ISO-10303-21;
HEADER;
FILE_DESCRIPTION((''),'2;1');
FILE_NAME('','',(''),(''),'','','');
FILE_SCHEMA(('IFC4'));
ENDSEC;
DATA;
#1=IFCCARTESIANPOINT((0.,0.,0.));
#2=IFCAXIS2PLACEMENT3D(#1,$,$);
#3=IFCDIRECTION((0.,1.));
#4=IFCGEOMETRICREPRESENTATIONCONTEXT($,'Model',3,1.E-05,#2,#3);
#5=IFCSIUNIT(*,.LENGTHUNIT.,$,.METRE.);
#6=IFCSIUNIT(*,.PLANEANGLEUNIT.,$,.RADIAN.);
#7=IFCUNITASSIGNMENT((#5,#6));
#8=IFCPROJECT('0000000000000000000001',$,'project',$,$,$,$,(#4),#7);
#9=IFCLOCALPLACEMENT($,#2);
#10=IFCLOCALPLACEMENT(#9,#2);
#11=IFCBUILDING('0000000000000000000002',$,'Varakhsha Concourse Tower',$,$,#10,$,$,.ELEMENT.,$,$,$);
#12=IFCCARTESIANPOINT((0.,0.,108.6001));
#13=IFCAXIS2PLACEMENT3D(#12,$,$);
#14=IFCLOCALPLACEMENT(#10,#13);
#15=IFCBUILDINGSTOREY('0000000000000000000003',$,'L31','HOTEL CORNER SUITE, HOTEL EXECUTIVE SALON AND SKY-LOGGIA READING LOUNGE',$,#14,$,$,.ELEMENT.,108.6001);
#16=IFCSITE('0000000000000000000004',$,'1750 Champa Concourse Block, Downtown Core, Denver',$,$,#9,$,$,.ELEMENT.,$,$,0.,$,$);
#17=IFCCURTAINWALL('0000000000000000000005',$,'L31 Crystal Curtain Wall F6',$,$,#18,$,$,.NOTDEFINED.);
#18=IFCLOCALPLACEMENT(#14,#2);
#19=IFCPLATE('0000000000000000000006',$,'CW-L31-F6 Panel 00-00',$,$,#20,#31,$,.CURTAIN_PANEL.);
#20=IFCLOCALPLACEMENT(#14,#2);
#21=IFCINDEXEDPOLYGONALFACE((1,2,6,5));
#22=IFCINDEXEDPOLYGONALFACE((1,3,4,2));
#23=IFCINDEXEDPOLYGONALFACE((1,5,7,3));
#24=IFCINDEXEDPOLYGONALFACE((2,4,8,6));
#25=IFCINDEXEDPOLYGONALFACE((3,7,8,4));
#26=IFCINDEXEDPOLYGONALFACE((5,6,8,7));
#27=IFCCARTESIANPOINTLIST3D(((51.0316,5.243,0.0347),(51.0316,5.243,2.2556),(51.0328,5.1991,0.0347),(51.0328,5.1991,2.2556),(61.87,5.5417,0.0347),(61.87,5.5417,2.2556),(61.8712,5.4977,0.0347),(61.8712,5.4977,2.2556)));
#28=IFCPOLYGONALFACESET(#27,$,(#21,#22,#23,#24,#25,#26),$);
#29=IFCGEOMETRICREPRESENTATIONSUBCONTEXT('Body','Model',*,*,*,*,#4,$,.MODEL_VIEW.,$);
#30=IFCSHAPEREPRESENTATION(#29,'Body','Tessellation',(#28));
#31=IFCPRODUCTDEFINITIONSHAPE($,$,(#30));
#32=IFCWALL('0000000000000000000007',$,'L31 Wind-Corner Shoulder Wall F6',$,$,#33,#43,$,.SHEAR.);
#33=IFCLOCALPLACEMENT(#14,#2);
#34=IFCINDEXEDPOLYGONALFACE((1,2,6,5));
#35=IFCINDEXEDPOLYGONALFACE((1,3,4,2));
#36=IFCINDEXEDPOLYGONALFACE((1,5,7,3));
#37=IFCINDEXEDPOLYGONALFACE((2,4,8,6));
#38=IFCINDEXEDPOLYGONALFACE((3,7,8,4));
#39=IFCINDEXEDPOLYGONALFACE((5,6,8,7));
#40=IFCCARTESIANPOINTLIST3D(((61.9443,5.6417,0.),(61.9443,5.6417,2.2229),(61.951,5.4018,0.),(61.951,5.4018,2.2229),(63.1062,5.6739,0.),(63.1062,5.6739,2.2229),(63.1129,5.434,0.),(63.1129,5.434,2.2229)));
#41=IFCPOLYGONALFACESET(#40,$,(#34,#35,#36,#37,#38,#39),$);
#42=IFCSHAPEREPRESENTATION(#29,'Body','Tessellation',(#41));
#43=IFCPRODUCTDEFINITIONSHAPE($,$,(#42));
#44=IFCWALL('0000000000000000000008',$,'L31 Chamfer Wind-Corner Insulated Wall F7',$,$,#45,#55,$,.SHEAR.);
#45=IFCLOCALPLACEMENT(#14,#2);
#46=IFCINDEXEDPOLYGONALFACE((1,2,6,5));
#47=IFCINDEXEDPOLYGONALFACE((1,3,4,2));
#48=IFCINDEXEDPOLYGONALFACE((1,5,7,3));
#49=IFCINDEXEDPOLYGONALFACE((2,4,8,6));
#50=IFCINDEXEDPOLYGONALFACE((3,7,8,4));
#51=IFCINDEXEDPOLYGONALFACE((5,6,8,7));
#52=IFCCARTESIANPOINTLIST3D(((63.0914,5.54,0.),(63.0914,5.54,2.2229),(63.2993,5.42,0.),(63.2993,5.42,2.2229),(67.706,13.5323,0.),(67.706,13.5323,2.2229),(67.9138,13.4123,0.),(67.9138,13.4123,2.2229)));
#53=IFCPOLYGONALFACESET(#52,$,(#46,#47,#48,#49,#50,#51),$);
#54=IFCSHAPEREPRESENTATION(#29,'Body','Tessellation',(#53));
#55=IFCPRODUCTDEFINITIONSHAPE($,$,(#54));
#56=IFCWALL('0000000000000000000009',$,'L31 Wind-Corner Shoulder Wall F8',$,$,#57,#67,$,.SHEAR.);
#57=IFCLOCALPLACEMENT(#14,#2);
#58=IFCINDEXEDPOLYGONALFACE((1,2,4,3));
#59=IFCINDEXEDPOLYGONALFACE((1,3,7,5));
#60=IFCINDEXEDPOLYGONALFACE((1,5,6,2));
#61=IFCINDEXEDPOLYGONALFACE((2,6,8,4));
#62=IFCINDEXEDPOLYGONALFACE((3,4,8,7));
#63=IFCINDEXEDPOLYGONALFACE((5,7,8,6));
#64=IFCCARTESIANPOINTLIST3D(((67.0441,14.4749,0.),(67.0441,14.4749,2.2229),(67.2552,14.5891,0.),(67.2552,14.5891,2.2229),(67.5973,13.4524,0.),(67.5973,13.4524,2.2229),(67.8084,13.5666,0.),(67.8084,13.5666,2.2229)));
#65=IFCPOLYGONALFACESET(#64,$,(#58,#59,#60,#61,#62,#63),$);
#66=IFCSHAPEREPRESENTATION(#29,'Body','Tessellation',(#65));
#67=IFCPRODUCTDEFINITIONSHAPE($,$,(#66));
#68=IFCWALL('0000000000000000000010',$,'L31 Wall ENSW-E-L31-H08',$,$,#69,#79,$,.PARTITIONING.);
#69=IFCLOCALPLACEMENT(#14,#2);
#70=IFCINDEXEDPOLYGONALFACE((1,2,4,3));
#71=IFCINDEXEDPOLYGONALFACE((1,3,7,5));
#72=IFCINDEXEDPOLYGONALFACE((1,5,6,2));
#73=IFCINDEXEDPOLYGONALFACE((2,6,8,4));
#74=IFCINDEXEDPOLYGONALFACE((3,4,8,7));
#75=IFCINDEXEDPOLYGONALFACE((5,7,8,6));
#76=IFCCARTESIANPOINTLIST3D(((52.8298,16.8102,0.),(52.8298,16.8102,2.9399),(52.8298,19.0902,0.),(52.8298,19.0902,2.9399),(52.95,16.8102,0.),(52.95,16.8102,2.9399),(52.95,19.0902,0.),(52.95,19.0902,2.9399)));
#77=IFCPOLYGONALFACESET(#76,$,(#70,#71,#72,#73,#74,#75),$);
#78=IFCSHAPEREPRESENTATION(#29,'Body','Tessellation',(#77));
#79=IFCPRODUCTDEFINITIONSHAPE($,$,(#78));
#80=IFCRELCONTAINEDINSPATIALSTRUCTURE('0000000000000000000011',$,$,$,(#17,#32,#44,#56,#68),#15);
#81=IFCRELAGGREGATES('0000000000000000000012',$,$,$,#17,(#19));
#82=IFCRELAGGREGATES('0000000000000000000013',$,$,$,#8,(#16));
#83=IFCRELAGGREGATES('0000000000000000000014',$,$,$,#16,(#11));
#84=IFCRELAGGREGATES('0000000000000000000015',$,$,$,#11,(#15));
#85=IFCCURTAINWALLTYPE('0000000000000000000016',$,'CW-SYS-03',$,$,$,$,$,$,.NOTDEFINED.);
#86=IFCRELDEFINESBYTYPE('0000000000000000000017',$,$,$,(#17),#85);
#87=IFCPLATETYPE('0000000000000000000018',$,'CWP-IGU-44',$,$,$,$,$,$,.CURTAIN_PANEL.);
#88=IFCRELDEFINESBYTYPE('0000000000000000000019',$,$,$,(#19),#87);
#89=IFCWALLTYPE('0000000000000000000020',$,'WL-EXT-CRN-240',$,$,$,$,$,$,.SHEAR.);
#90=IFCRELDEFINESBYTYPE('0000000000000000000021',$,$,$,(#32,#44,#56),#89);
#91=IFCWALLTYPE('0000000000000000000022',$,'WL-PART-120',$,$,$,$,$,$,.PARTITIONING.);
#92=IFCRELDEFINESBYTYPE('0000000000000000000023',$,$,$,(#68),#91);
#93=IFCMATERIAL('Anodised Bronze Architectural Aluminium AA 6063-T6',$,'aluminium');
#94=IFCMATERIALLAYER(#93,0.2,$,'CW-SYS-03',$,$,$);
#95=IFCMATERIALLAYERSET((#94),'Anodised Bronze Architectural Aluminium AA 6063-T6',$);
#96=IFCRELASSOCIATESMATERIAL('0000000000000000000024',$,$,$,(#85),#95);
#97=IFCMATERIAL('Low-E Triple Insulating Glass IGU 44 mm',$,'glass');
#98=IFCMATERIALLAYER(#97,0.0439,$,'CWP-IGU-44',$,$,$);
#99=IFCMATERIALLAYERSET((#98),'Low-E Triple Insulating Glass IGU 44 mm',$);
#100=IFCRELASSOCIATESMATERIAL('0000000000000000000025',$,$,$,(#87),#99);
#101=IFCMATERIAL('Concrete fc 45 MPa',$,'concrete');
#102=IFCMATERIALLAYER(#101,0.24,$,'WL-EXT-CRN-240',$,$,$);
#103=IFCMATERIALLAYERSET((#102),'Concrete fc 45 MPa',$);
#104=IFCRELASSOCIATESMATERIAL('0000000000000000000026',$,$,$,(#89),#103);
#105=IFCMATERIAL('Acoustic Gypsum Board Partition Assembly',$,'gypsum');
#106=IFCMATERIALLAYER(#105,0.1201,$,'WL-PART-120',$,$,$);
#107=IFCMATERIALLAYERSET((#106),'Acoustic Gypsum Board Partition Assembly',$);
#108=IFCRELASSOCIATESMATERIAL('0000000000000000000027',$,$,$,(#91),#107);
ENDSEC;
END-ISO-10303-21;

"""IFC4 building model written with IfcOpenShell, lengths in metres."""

from ifc_helpers import new_model, si_unit, direction, frame, frame_2d, origin, origin_2d, place, context, subcontext, project, spatial, rectangle, extrude, source, transform, mapped, material, layer, layer_set, type_object, element, aggregate, save


model = new_model("IFC4")

# Units and contexts
model_context = context("Model", 3, precision=1e-05, world=origin(), true_north=direction((0.0, 1.0)))
body_context = subcontext(model_context, "Body", "Model", "MODEL_VIEW")
ifc_project = project(units=[si_unit("LENGTHUNIT", "METRE"), si_unit("PLANEANGLEUNIT", "RADIAN")], contexts=[model_context])

# Site, building, storey
site_placement = place(None, origin())
site = spatial("IfcSite", under=ifc_project, at=site_placement, Name="1750 Champa Concourse Block, Downtown Core, Denver", CompositionType="ELEMENT", RefElevation=0.0)
building_placement = place(site_placement, origin())
building = spatial("IfcBuilding", under=site, at=building_placement, Name="Varakhsha Concourse Tower", CompositionType="ELEMENT")
storey_placement = place(building_placement, frame((0.0, 0.0, 108.6001)))
storey = spatial("IfcBuildingStorey", under=building, at=storey_placement, Name="L31", Description="HOTEL CORNER SUITE, HOTEL EXECUTIVE SALON AND SKY-LOGGIA READING LOUNGE", CompositionType="ELEMENT", Elevation=108.6001)

# Curtain wall
ifc_material_1 = material(Name="Anodised Bronze Architectural Aluminium AA 6063-T6", Category="aluminium")
ifc_layer_1 = layer(ifc_material_1, 0.2, Name="CW-SYS-03")
ifc_layer_set_1 = layer_set([ifc_layer_1], Name="Anodised Bronze Architectural Aluminium AA 6063-T6")
curtain_wall_type = type_object("IfcCurtainWallType", Name="CW-SYS-03", PredefinedType="NOTDEFINED", material=ifc_layer_set_1)
curtain_wall_1_placement = place(storey_placement, origin())
curtain_wall_1 = element("IfcCurtainWall", 1, at=curtain_wall_1_placement, inside=storey, type_object=curtain_wall_type, Name="L31 Crystal Curtain Wall F6", PredefinedType="NOTDEFINED")

# Plate
ifc_material_2 = material(Name="Low-E Triple Insulating Glass IGU 44 mm", Category="glass")
ifc_layer_2 = layer(ifc_material_2, 0.0439, Name="CWP-IGU-44")
ifc_layer_set_2 = layer_set([ifc_layer_2], Name="Low-E Triple Insulating Glass IGU 44 mm")
plate_type_1 = type_object("IfcPlateType", Name="CWP-IGU-44", PredefinedType="CURTAIN_PANEL", material=ifc_layer_set_2)
shared_shape_1 = source(origin(), body_context, "Body", "SweptSolid", [
    extrude(rectangle(XDim=10.8425, YDim=0.0439, at=origin_2d()), origin(), (0.0, 0.0, 1.0), 2.2209),
])
plate_1_placement = place(storey_placement, frame((56.4514, 5.3704, 0.0347), z_axis=(0.0, 0.0, 1.0), x_axis=(-0.999621, -0.027547, 0.0)))
plate_1 = element("IfcPlate", 2, at=plate_1_placement, type_object=plate_type_1, Name="CW-L31-F6 Panel 00-00", PredefinedType="CURTAIN_PANEL", context=body_context, shape_type="MappedRepresentation", body=[
    mapped(shared_shape_1, transform((0.0, 0.0, 0.0), scale=1.0)),
])
aggregate(curtain_wall_1, [plate_1])

# Walls
ifc_material_3 = material(Name="Concrete fc 45 MPa", Category="concrete")
ifc_layer_3 = layer(ifc_material_3, 0.24, Name="WL-EXT-CRN-240")
ifc_layer_set_3 = layer_set([ifc_layer_3], Name="Concrete fc 45 MPa")
wall_type_1 = type_object("IfcWallType", Name="WL-EXT-CRN-240", PredefinedType="SHEAR", material=ifc_layer_set_3)
wall_1_placement = place(storey_placement, frame((61.9478, 5.5217, 0.0), z_axis=(0.0, 0.0, 1.0), x_axis=(0.999616, 0.027726, 0.0)))
element("IfcWall", 3, at=wall_1_placement, inside=storey, type_object=wall_type_1, Name="L31 Wind-Corner Shoulder Wall F6", PredefinedType="SHEAR", context=body_context, shape_type="SweptSolid", body=[
    extrude(rectangle(XDim=1.1624, YDim=0.24, at=frame_2d((0.5811, 0.0))), origin(), (0.0, 0.0, 1.0), 2.2229),
])
wall_2_placement = place(storey_placement, frame((67.8098, 13.4722, 0.0), z_axis=(0.0, 0.0, 1.0), x_axis=(-0.500017, -0.866016, 0.0)))
element("IfcWall", 4, at=wall_2_placement, inside=storey, type_object=wall_type_1, Name="L31 Chamfer Wind-Corner Insulated Wall F7", PredefinedType="SHEAR", context=body_context, shape_type="SweptSolid", body=[
    extrude(rectangle(XDim=9.2288, YDim=0.24, at=frame_2d((4.6143, 0.0))), origin(), (0.0, 0.0, 1.0), 2.2229),
])
wall_3_placement = place(storey_placement, frame((67.7029, 13.5095, 0.0), z_axis=(0.0, 0.0, 1.0), x_axis=(-0.475877, 0.879512, 0.0)))
element("IfcWall", 5, at=wall_3_placement, inside=storey, type_object=wall_type_1, Name="L31 Wind-Corner Shoulder Wall F8", PredefinedType="SHEAR", context=body_context, shape_type="SweptSolid", body=[
    extrude(rectangle(XDim=1.1626, YDim=0.24, at=frame_2d((0.5813, 0.0))), origin(), (0.0, 0.0, 1.0), 2.2229),
])
ifc_material_4 = material(Name="Acoustic Gypsum Board Partition Assembly", Category="gypsum")
ifc_layer_4 = layer(ifc_material_4, 0.1201, Name="WL-PART-120")
ifc_layer_set_4 = layer_set([ifc_layer_4], Name="Acoustic Gypsum Board Partition Assembly")
wall_type_2 = type_object("IfcWallType", Name="WL-PART-120", PredefinedType="PARTITIONING", material=ifc_layer_set_4)
wall_4_placement = place(storey_placement, frame((52.8899, 16.8101, 0.0), z_axis=(0.0, 0.0, 1.0), x_axis=(0.0, 1.0, 0.0)))
element("IfcWall", 6, at=wall_4_placement, inside=storey, type_object=wall_type_2, Name="L31 Wall ENSW-E-L31-H08", PredefinedType="PARTITIONING", context=body_context, shape_type="SweptSolid", body=[
    extrude(rectangle(XDim=2.28, YDim=0.1201, at=frame_2d((1.1401, 0.0))), origin(), (0.0, 0.0, 1.0), 2.9399),
])

save(model, "model.ifc")
